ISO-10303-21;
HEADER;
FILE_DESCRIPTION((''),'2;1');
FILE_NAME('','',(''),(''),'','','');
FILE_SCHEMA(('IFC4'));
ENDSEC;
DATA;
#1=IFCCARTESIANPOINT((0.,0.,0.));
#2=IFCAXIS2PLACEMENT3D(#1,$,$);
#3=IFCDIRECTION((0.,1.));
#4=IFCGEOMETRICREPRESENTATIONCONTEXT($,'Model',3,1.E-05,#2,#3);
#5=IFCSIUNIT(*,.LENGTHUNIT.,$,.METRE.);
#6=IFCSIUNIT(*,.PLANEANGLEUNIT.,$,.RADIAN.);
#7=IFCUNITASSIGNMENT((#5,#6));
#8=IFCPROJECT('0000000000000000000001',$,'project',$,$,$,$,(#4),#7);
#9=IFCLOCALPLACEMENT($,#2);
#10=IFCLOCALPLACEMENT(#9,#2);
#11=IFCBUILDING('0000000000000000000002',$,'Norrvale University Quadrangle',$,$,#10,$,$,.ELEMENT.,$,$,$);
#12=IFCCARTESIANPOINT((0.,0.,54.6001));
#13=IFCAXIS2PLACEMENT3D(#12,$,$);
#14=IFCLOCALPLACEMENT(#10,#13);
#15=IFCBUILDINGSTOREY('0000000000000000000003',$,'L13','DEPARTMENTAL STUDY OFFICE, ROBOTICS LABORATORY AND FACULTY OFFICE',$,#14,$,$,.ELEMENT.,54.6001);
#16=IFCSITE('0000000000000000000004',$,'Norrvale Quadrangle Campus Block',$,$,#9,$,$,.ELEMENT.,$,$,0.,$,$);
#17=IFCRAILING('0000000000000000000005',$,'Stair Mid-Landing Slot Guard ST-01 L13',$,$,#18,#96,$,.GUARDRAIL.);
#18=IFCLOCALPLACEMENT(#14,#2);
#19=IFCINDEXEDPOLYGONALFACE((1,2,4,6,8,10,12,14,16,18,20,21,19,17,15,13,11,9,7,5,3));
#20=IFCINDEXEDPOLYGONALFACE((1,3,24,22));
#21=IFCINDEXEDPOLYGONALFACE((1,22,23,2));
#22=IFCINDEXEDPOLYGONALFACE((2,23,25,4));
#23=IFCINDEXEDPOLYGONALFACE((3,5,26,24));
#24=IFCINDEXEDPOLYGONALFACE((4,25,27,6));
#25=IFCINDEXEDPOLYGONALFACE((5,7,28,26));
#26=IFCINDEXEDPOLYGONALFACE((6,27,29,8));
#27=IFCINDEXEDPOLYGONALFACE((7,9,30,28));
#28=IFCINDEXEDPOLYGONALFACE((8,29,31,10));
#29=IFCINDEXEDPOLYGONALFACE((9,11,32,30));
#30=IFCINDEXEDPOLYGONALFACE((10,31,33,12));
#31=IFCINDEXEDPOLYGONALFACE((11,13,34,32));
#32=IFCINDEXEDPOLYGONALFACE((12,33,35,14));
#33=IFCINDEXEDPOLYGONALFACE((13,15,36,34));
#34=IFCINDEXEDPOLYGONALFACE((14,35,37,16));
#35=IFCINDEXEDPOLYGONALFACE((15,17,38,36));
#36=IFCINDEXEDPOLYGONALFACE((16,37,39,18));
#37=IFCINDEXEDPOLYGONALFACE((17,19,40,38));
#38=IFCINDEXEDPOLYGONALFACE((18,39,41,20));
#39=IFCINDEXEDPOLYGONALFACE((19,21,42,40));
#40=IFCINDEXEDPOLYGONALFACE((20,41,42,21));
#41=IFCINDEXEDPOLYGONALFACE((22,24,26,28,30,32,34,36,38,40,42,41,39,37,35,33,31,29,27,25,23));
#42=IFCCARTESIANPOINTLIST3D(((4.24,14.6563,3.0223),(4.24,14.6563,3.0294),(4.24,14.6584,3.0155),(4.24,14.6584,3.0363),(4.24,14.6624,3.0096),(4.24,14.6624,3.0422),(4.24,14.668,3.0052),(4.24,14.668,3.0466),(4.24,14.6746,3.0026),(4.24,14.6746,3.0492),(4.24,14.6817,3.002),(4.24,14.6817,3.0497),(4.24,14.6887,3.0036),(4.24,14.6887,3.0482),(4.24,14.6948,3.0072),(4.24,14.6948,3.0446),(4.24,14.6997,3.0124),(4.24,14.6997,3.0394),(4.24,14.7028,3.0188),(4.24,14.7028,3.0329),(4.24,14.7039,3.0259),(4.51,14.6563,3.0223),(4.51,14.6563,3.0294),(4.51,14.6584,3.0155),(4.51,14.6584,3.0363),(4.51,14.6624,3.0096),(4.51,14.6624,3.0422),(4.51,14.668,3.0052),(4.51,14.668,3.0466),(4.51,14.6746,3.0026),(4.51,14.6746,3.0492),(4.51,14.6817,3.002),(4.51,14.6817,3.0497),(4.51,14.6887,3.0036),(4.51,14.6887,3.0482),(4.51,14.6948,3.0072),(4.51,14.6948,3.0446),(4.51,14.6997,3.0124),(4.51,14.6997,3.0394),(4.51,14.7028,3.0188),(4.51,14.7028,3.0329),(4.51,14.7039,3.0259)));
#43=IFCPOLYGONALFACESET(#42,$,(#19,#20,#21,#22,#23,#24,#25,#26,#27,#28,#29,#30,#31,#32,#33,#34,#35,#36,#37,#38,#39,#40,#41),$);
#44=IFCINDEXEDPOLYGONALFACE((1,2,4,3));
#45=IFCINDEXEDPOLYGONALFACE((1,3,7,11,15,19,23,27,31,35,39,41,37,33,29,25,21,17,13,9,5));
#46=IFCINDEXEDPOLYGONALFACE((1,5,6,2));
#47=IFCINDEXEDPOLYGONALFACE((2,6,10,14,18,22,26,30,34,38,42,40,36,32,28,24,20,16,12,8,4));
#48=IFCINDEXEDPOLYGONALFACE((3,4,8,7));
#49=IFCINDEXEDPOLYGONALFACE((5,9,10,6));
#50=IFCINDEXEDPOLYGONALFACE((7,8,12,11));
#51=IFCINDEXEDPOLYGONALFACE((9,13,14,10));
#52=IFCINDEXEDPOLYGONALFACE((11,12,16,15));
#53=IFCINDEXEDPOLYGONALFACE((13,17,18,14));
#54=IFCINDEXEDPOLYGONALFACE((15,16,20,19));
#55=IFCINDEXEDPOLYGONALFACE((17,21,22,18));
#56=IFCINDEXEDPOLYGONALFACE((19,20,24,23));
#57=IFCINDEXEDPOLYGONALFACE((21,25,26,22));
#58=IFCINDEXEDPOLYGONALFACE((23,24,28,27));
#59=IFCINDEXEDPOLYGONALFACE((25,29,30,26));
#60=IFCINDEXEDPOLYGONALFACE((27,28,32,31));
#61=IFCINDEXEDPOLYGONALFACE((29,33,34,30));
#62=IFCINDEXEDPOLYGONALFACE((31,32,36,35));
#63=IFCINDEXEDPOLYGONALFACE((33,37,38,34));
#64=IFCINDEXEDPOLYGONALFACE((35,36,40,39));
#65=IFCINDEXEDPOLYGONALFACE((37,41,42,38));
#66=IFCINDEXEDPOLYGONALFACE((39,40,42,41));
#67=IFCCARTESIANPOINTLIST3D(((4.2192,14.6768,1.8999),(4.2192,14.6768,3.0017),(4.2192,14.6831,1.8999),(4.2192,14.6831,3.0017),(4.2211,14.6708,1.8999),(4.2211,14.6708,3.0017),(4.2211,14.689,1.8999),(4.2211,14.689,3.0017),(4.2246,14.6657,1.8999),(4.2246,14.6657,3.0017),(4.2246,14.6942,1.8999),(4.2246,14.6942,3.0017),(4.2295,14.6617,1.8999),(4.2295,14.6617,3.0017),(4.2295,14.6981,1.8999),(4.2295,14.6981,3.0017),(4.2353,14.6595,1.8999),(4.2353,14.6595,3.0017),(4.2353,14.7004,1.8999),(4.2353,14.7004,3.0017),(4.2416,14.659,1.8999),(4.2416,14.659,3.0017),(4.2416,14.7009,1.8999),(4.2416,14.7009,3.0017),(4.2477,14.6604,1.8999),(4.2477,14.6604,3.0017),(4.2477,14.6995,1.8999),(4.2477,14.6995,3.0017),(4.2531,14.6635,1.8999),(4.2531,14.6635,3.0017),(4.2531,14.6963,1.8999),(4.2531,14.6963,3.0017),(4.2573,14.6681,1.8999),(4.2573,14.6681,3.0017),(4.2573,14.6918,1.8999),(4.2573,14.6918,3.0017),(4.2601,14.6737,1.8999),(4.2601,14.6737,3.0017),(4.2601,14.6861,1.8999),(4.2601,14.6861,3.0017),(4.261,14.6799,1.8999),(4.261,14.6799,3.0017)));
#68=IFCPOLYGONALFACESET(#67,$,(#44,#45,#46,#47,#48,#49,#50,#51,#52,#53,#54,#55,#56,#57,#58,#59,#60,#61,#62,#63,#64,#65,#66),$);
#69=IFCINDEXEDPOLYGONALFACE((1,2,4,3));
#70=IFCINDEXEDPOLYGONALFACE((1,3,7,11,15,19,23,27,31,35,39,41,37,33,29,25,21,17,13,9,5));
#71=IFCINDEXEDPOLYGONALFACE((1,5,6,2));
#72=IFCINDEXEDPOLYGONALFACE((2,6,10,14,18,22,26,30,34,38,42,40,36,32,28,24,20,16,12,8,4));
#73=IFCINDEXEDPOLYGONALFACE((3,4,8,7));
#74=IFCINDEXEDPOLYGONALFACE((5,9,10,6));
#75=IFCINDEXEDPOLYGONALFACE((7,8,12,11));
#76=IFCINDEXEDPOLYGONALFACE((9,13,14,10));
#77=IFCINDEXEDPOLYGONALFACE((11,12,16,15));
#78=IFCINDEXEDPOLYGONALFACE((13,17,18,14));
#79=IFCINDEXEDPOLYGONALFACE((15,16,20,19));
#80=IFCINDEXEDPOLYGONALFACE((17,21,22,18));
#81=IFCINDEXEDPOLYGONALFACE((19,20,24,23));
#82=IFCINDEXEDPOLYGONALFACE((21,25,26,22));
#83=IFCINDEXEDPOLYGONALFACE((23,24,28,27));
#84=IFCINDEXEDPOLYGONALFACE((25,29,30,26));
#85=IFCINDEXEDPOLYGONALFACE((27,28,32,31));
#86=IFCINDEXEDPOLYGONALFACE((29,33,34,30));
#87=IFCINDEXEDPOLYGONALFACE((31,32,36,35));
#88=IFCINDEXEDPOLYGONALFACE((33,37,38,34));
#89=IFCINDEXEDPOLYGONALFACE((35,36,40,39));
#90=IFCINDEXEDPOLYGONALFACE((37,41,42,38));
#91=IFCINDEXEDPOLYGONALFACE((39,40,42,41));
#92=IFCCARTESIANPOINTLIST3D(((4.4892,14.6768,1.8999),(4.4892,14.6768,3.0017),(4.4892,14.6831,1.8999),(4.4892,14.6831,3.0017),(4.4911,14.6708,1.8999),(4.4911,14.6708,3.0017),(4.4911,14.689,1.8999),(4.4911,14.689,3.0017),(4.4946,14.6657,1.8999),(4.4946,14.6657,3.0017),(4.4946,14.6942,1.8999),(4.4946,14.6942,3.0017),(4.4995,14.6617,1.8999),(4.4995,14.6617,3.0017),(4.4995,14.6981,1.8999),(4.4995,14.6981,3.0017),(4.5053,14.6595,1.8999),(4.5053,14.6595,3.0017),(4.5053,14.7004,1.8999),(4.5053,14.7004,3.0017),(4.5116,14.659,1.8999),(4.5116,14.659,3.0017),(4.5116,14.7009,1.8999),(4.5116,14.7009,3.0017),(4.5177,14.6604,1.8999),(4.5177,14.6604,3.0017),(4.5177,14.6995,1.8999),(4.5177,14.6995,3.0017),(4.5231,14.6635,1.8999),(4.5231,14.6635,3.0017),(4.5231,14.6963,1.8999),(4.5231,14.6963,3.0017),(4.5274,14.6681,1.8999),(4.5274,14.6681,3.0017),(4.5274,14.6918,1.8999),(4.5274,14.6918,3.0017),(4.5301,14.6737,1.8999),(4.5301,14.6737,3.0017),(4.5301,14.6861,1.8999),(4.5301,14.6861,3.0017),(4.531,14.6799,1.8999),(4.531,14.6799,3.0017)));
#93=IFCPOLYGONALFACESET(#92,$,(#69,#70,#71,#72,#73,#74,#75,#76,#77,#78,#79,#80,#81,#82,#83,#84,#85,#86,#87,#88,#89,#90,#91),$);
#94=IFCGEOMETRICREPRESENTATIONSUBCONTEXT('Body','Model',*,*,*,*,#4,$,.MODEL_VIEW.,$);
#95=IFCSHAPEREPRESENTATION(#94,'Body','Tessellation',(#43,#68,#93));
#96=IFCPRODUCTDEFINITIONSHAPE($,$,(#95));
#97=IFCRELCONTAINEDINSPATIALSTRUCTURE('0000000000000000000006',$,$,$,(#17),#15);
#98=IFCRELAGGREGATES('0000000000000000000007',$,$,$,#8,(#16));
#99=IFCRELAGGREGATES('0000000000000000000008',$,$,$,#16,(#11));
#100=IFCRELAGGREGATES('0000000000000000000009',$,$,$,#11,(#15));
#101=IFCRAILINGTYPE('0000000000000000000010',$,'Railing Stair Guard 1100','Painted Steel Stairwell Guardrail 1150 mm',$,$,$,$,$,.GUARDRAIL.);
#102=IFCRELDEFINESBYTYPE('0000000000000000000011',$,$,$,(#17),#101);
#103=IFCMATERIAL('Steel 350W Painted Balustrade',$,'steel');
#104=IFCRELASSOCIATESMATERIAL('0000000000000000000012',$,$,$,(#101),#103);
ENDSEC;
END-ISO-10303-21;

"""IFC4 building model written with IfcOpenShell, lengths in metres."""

from ifc_helpers import new_model, si_unit, direction, frame, origin, origin_2d, place, context, subcontext, project, spatial, circle, extrude, material, type_object, element, save


model = new_model("IFC4")

# Units and contexts
model_context = context("Model", 3, precision=1e-05, world=origin(), true_north=direction((0.0, 1.0)))
body_context = subcontext(model_context, "Body", "Model", "MODEL_VIEW")
ifc_project = project(units=[si_unit("LENGTHUNIT", "METRE"), si_unit("PLANEANGLEUNIT", "RADIAN")], contexts=[model_context])

# Site, building, storey
site_placement = place(None, origin())
site = spatial("IfcSite", under=ifc_project, at=site_placement, Name="Norrvale Quadrangle Campus Block", CompositionType="ELEMENT", RefElevation=0.0)
building_placement = place(site_placement, origin())
building = spatial("IfcBuilding", under=site, at=building_placement, Name="Norrvale University Quadrangle", CompositionType="ELEMENT")
storey_placement = place(building_placement, frame((0.0, 0.0, 54.6001)))
storey = spatial("IfcBuildingStorey", under=building, at=storey_placement, Name="L13", Description="DEPARTMENTAL STUDY OFFICE, ROBOTICS LABORATORY AND FACULTY OFFICE", CompositionType="ELEMENT", Elevation=54.6001)

# Railing
ifc_material_1 = material(Name="Steel 350W Painted Balustrade", Category="steel")
railing_type_1 = type_object("IfcRailingType", Name="Railing Stair Guard 1100", Description="Painted Steel Stairwell Guardrail 1150 mm", PredefinedType="GUARDRAIL", material=ifc_material_1)
railing_1_placement = place(storey_placement, frame((4.24, 14.6799, 1.8999)))
element("IfcRailing", 1, at=railing_1_placement, inside=storey, type_object=railing_type_1, Name="Stair Mid-Landing Slot Guard ST-01 L13", PredefinedType="GUARDRAIL", context=body_context, shape_type="SweptSolid", body=[
    extrude(circle(Radius=0.0239, at=origin_2d()), frame((0.0, 0.0, 1.126), z_axis=(1.0, 0.0, 0.0), x_axis=(0.0, 1.0, 0.0)), (0.0, 0.0, 1.0), 0.27),
    extrude(circle(Radius=0.021, at=origin_2d()), origin(), (0.0, 0.0, 1.0), 1.1018),
    extrude(circle(Radius=0.021, at=origin_2d()), frame((0.27, 0.0, 0.0)), (0.0, 0.0, 1.0), 1.1018),
])

save(model, "model.ifc")
